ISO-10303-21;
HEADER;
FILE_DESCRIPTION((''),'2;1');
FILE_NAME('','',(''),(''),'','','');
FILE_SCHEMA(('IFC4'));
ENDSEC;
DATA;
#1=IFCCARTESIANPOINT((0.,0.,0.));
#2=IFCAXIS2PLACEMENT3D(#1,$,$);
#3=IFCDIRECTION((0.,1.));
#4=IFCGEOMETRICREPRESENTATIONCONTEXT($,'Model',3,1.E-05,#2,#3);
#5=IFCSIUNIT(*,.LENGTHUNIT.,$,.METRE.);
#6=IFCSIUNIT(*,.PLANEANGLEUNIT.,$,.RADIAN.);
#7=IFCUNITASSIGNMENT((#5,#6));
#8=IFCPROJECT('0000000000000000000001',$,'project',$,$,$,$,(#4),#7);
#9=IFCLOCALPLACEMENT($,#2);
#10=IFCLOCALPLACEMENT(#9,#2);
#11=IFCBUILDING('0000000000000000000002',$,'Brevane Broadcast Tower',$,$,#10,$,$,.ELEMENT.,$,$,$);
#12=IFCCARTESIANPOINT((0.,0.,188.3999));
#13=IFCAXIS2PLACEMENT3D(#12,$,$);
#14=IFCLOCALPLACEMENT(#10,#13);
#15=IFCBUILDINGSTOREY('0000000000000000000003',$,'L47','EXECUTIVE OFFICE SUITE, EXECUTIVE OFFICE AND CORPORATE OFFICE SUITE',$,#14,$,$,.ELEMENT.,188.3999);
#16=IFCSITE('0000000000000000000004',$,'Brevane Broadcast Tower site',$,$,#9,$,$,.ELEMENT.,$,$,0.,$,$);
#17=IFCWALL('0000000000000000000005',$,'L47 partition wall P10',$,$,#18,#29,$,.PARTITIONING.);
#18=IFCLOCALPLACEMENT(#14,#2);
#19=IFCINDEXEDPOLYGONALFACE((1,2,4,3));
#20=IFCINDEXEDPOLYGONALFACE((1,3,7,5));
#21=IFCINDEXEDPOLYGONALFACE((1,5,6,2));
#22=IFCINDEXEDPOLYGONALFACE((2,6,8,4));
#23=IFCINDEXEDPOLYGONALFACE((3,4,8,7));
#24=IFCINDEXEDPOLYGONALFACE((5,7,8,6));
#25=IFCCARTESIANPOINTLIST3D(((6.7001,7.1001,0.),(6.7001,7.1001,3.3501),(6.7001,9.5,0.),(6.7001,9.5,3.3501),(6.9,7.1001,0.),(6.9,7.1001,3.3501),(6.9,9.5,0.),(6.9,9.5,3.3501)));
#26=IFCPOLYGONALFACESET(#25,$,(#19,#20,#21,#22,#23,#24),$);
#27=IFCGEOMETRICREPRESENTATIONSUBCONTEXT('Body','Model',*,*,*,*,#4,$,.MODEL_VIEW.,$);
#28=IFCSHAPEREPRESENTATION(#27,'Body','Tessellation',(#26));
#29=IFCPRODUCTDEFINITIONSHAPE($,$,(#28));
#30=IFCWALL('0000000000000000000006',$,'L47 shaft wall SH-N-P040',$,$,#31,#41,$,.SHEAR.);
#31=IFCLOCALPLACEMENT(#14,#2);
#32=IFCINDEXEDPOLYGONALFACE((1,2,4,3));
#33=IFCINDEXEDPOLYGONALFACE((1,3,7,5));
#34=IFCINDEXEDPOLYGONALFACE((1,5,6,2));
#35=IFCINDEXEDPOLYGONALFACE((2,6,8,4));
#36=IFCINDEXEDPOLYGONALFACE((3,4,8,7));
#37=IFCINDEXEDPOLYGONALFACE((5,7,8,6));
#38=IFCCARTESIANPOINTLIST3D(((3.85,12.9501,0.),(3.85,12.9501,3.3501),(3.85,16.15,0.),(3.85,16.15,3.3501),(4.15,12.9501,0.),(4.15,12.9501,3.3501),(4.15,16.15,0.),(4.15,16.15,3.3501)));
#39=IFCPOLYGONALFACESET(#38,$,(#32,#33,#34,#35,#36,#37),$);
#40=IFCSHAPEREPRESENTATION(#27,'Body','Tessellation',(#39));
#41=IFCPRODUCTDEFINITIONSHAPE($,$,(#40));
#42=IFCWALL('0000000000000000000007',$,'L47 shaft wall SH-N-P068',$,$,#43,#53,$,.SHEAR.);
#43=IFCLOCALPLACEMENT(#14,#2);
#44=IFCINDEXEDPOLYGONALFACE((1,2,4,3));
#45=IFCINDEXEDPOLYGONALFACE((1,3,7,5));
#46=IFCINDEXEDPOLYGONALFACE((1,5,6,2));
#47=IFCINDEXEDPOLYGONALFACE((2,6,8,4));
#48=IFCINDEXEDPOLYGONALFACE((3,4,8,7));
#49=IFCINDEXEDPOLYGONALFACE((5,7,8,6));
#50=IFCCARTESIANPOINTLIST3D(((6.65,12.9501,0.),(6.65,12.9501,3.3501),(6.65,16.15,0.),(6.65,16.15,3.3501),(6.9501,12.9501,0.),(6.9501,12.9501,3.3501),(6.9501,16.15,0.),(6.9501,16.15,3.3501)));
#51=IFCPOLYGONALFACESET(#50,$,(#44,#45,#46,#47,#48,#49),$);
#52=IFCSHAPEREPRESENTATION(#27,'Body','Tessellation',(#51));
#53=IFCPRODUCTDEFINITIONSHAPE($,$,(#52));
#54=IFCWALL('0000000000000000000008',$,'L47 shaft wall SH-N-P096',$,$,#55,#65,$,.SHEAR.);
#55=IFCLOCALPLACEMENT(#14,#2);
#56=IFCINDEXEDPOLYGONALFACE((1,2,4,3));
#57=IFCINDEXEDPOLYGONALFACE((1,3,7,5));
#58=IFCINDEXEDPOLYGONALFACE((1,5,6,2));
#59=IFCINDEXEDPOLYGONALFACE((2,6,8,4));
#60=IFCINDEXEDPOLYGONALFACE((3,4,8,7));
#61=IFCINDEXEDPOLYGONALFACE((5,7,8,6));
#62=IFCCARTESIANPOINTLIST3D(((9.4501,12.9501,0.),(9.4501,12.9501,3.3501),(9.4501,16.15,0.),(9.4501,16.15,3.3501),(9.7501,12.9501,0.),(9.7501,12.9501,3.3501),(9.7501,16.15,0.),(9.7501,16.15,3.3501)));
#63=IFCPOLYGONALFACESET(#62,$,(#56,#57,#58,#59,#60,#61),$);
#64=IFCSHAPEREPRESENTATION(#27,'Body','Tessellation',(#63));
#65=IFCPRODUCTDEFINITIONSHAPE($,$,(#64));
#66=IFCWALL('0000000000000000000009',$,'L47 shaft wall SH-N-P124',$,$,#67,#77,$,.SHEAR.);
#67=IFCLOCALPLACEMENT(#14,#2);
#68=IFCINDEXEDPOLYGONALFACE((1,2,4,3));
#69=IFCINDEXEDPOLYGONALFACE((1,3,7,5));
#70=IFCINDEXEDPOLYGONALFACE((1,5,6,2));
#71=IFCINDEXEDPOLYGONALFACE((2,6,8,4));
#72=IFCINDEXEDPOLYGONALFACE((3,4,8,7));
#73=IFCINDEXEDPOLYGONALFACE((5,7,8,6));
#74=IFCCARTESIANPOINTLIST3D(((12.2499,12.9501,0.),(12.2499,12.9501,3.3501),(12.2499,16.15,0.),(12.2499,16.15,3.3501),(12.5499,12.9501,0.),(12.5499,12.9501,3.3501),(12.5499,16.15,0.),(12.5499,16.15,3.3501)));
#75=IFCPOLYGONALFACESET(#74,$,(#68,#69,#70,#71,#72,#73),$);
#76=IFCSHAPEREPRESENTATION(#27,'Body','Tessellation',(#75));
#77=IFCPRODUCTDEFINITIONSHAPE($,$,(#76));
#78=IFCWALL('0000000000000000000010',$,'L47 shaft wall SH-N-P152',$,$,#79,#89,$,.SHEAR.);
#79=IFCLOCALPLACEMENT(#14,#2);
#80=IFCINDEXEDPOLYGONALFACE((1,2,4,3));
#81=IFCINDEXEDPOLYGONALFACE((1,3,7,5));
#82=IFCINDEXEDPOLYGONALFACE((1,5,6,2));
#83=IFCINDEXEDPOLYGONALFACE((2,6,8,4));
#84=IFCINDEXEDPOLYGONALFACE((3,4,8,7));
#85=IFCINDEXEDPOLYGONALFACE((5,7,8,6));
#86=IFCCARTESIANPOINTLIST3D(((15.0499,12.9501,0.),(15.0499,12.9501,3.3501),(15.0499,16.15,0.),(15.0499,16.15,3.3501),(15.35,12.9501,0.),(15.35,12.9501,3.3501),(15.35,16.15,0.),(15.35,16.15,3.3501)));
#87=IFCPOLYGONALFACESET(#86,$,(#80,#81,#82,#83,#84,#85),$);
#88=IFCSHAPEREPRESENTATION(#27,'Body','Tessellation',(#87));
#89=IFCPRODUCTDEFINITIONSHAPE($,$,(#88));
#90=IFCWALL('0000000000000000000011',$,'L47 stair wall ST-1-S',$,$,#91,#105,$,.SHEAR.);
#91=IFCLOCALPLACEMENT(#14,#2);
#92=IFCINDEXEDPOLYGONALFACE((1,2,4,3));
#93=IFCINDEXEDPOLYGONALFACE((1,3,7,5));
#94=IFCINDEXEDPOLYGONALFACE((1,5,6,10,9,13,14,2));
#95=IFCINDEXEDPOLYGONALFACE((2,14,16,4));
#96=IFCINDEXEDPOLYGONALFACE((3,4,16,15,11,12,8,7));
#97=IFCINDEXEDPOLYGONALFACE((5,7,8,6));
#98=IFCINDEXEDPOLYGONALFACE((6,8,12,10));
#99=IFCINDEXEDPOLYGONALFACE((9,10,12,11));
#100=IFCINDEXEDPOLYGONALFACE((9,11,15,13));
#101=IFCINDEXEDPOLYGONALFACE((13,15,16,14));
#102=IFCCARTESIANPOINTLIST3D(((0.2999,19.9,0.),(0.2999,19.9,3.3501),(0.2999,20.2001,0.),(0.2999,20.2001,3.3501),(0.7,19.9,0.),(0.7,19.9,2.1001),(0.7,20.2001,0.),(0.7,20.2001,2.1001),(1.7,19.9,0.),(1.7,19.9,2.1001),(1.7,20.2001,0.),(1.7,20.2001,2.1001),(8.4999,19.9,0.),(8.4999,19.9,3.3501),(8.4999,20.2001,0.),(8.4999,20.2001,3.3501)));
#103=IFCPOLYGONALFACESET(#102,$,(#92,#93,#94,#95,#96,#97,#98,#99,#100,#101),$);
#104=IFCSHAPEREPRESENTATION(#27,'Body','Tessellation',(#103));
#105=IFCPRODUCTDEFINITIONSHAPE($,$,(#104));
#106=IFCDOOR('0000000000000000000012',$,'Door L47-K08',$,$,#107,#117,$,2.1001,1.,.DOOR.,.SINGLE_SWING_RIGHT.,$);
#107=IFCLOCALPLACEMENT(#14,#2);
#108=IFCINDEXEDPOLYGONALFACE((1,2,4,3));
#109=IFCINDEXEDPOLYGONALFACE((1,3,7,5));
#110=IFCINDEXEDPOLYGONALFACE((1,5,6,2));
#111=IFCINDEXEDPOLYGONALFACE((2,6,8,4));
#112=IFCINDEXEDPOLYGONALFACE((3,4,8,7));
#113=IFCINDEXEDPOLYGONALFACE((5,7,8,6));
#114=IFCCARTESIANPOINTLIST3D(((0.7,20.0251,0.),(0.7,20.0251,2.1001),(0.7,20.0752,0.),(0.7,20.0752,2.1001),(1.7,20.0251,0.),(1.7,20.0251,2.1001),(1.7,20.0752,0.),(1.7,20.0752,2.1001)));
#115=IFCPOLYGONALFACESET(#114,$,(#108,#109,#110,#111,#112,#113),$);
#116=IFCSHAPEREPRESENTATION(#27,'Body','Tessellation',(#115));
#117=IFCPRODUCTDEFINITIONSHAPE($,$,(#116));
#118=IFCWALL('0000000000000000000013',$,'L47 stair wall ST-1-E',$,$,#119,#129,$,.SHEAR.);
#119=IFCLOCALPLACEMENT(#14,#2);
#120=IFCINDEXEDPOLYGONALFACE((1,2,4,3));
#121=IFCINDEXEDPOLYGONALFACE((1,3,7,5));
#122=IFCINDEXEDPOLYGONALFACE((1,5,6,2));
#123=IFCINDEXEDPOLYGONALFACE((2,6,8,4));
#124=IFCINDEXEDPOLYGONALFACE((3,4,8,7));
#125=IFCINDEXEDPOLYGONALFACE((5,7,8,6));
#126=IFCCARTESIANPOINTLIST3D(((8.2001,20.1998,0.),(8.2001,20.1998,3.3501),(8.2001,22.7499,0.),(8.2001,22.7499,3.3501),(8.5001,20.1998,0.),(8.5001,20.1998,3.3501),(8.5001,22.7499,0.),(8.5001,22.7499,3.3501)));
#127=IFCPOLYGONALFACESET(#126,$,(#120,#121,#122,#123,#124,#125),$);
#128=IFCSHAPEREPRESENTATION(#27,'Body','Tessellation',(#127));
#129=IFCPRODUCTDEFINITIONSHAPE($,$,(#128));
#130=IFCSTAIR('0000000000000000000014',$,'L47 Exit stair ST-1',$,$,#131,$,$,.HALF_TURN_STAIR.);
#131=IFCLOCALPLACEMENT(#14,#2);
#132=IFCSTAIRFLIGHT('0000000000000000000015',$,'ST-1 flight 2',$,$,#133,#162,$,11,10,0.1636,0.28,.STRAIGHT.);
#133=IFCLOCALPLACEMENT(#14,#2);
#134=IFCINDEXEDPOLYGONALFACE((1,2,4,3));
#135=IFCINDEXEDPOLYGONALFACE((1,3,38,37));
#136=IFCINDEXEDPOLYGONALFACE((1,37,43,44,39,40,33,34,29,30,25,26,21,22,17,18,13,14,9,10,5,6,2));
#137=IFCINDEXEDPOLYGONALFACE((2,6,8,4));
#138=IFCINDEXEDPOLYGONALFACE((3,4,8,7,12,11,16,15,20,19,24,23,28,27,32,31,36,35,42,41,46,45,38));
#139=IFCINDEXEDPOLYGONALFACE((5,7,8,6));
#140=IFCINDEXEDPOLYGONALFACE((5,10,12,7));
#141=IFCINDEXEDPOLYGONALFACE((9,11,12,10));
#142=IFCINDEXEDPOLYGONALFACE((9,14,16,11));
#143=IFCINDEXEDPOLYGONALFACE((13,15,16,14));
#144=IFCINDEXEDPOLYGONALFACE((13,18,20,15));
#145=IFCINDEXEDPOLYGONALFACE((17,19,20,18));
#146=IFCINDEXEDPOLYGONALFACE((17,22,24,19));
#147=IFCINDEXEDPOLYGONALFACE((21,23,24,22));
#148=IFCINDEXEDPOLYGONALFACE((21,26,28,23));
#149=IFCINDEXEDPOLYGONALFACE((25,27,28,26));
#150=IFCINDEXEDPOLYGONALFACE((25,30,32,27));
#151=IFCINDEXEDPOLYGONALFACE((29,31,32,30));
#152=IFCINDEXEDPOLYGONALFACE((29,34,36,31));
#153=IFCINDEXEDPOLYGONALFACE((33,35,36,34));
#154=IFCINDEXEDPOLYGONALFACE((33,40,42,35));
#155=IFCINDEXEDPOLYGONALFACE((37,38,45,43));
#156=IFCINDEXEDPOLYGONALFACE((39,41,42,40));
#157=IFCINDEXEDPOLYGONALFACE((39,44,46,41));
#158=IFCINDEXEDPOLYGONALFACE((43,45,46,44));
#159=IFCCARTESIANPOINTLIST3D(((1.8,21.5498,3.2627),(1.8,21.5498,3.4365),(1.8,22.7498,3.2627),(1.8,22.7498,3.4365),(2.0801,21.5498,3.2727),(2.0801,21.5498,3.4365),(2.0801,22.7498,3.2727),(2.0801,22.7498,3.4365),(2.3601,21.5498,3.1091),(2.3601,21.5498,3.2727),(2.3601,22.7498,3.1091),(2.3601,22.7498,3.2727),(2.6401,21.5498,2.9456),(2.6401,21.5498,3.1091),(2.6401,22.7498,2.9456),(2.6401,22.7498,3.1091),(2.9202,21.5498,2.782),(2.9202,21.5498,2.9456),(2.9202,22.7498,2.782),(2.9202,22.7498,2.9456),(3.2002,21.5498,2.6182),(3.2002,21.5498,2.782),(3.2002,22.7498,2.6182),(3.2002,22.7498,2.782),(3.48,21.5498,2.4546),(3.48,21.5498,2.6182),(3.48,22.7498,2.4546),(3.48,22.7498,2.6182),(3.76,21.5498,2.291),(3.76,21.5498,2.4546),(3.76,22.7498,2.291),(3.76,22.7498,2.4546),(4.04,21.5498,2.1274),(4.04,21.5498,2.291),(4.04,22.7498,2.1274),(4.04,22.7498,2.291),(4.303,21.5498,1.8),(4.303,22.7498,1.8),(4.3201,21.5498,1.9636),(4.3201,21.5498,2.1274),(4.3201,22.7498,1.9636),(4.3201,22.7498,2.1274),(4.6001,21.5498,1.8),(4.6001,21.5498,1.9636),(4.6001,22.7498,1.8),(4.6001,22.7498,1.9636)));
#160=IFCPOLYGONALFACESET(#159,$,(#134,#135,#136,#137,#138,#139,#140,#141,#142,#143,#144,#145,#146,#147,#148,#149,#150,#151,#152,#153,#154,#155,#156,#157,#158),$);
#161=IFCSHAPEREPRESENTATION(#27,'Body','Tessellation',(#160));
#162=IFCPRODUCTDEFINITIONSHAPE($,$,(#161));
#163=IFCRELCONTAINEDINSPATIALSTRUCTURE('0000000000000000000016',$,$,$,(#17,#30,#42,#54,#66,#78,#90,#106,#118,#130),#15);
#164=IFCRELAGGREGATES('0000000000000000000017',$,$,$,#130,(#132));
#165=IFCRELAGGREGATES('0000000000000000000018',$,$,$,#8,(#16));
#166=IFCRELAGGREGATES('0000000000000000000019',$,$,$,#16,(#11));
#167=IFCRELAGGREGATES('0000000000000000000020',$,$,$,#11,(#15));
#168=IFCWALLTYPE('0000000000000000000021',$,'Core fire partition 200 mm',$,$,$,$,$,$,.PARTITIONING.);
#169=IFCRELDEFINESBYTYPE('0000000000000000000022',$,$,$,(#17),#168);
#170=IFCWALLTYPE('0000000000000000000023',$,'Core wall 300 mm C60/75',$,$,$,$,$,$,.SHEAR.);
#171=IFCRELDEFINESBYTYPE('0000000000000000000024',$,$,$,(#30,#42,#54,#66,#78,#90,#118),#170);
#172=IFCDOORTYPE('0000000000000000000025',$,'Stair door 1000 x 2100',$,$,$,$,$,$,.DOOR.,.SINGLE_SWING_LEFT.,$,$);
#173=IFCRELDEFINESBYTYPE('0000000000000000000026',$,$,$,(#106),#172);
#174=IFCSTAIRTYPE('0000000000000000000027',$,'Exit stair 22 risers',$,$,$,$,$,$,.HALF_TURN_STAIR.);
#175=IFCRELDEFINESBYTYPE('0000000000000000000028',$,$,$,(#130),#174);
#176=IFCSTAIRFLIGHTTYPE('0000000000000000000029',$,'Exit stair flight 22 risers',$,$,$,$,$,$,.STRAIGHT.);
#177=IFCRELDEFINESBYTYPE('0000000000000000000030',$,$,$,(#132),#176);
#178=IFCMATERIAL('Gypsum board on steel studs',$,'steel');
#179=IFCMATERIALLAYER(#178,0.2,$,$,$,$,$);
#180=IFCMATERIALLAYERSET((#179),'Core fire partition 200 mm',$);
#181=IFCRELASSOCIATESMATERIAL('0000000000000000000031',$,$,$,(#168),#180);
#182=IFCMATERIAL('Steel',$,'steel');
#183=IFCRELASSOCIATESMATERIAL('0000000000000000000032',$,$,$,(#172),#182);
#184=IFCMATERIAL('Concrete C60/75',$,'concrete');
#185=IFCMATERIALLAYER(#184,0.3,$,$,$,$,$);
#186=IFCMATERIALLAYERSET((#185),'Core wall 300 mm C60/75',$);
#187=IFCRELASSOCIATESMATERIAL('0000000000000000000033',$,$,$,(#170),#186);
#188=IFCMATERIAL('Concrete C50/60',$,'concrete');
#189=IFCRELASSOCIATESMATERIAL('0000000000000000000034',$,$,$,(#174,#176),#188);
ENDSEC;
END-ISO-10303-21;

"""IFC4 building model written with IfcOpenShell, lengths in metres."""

from ifc_helpers import new_model, si_unit, direction, frame, frame_2d, origin, place, context, subcontext, project, spatial, polyline, rectangle, outline, extrude, material, layer, layer_set, type_object, element, fill, aggregate, save


model = new_model("IFC4")

# Units and contexts
model_context = context("Model", 3, precision=1e-05, world=origin(), true_north=direction((0.0, 1.0)))
body_context = subcontext(model_context, "Body", "Model", "MODEL_VIEW")
ifc_project = project(units=[si_unit("LENGTHUNIT", "METRE"), si_unit("PLANEANGLEUNIT", "RADIAN")], contexts=[model_context])

# Site, building, storey
site_placement = place(None, origin())
site = spatial("IfcSite", under=ifc_project, at=site_placement, Name="Brevane Broadcast Tower site", CompositionType="ELEMENT", RefElevation=0.0)
building_placement = place(site_placement, origin())
building = spatial("IfcBuilding", under=site, at=building_placement, Name="Brevane Broadcast Tower", CompositionType="ELEMENT")
storey_placement = place(building_placement, frame((0.0, 0.0, 188.3999)))
storey = spatial("IfcBuildingStorey", under=building, at=storey_placement, Name="L47", Description="EXECUTIVE OFFICE SUITE, EXECUTIVE OFFICE AND CORPORATE OFFICE SUITE", CompositionType="ELEMENT", Elevation=188.3999)

# Shared definitions
ifc_material_1 = material(Name="Gypsum board on steel studs", Category="steel")
ifc_material_2 = material(Name="Steel", Category="steel")
ifc_layer_1 = layer(ifc_material_1, 0.2)
ifc_layer_set_1 = layer_set([ifc_layer_1], Name="Core fire partition 200 mm")
wall_type_1 = type_object("IfcWallType", Name="Core fire partition 200 mm", PredefinedType="PARTITIONING", material=ifc_layer_set_1)
door_type_1 = type_object("IfcDoorType", Name="Stair door 1000 x 2100", OperationType="SINGLE_SWING_LEFT", PredefinedType="DOOR", material=ifc_material_2)

# Walls
wall_1_placement = place(storey_placement, frame((6.8, 9.5, 0.0), z_axis=(0.0, 0.0, 1.0), x_axis=(0.0, -1.0, 0.0)))
element("IfcWall", 1, at=wall_1_placement, inside=storey, type_object=wall_type_1, Name="L47 partition wall P10", PredefinedType="PARTITIONING", context=body_context, shape_type="SweptSolid", body=[
    extrude(rectangle(XDim=2.3999, YDim=0.2, at=frame_2d((1.2, 0.0))), origin(), (0.0, 0.0, 1.0), 3.3501),
])
ifc_material_3 = material(Name="Concrete C60/75", Category="concrete")
ifc_layer_2 = layer(ifc_material_3, 0.3)
ifc_layer_set_2 = layer_set([ifc_layer_2], Name="Core wall 300 mm C60/75")
wall_type_2 = type_object("IfcWallType", Name="Core wall 300 mm C60/75", PredefinedType="SHEAR", material=ifc_layer_set_2)
for number, where, z_axis, x_axis, name in (
    (2, (4.0, 12.95, 0.0), (0.0, 0.0, 1.0), (0.0, 1.0, 0.0), "L47 shaft wall SH-N-P040"),
    (3, (6.8, 12.95, 0.0), (0.0, 0.0, 1.0), (0.0, 1.0, 0.0), "L47 shaft wall SH-N-P068"),
    (4, (9.6001, 12.95, 0.0), (0.0, 0.0, 1.0), (0.0, 1.0, 0.0), "L47 shaft wall SH-N-P096"),
    (5, (12.3999, 12.95, 0.0), (0.0, 0.0, 1.0), (0.0, 1.0, 0.0), "L47 shaft wall SH-N-P124"),
    (6, (15.2, 12.95, 0.0), (0.0, 0.0, 1.0), (0.0, 1.0, 0.0), "L47 shaft wall SH-N-P152"),
):
    element("IfcWall", number, at=place(storey_placement, frame(where, z_axis=z_axis, x_axis=x_axis)), inside=storey, type_object=wall_type_2, Name=name, PredefinedType="SHEAR", context=body_context, shape_type="SweptSolid", body=[
        extrude(rectangle(XDim=3.2, YDim=0.3, at=frame_2d((1.6001, 0.0))), origin(), (0.0, 0.0, 1.0), 3.3501),
    ])

# Wall, opening, door
wall_2_placement = place(storey_placement, frame((8.5, 20.05, 0.0), z_axis=(0.0, 0.0, 1.0), x_axis=(-1.0, 0.0, 0.0)))
wall_2 = element("IfcWall", 7, at=wall_2_placement, inside=storey, type_object=wall_type_2, Name="L47 stair wall ST-1-S", PredefinedType="SHEAR", context=body_context, shape_type="SweptSolid", body=[
    extrude(rectangle(XDim=8.2, YDim=0.3, at=frame_2d((4.1001, 0.0))), origin(), (0.0, 0.0, 1.0), 3.3501),
])
opening_1_placement = place(wall_2_placement, frame((6.8, 0.0, 0.0)))
opening_1 = element("IfcOpeningElement", 8, at=opening_1_placement, cuts=wall_2, PredefinedType="OPENING", context=body_context, shape_type="SweptSolid", body=[
    extrude(rectangle(XDim=1.0, YDim=2.1001, at=frame_2d((0.5, 1.05))), frame((0.0, 0.1599, 0.0), z_axis=(0.0, -1.0, 0.0), x_axis=(1.0, 0.0, 0.0)), (0.0, 0.0, 1.0), 0.3201),
])
door_1_placement = place(opening_1_placement, origin())
door_1 = element("IfcDoor", 9, at=door_1_placement, inside=storey, type_object=door_type_1, Name="Door L47-K08", OperationType="SINGLE_SWING_RIGHT", OverallHeight=2.1001, OverallWidth=1.0, PredefinedType="DOOR", context=body_context, shape_type="SweptSolid", body=[
    extrude(rectangle(XDim=1.0, YDim=2.1001, at=frame_2d((0.5, 1.05))), frame((0.0, 0.0249, 0.0), z_axis=(0.0, -1.0, 0.0), x_axis=(1.0, 0.0, 0.0)), (0.0, 0.0, 1.0), 0.05),
])
fill(opening_1, door_1)

# Wall
wall_3_placement = place(storey_placement, frame((8.3501, 20.2, 0.0), z_axis=(0.0, 0.0, 1.0), x_axis=(0.0, 1.0, 0.0)))
element("IfcWall", 10, at=wall_3_placement, inside=storey, type_object=wall_type_2, Name="L47 stair wall ST-1-E", PredefinedType="SHEAR", context=body_context, shape_type="SweptSolid", body=[
    extrude(rectangle(XDim=2.55, YDim=0.3, at=frame_2d((1.2749, 0.0))), origin(), (0.0, 0.0, 1.0), 3.3501),
])

# Stair, stair flight
ifc_material_4 = material(Name="Concrete C50/60", Category="concrete")
stair_type = type_object("IfcStairType", Name="Exit stair 22 risers", PredefinedType="HALF_TURN_STAIR", material=ifc_material_4)
stair_placement = place(storey_placement, origin())
stair = element("IfcStair", 11, at=stair_placement, inside=storey, type_object=stair_type, Name="L47 Exit stair ST-1", PredefinedType="HALF_TURN_STAIR")
stair_flight_type = type_object("IfcStairFlightType", Name="Exit stair flight 22 risers", PredefinedType="STRAIGHT", material=ifc_material_4)
stair_flight_placement = place(storey_placement, frame((4.6001, 22.1499, 1.8), z_axis=(0.0, 0.0, 1.0), x_axis=(-1.0, 0.0, 0.0)))
stair_flight = element("IfcStairFlight", 12, at=stair_flight_placement, type_object=stair_flight_type, Name="ST-1 flight 2", NumberOfRisers=11, NumberOfTreads=10, PredefinedType="STRAIGHT", RiserHeight=0.1636, TreadLength=0.28, context=body_context, shape_type="SweptSolid", body=[
    extrude(outline(polyline([(0.0, 0.0), (0.0, 0.1636), (0.28, 0.1636), (0.28, 0.3274), (0.5601, 0.3274), (0.5601, 0.491), (0.8401, 0.491), (0.8401, 0.6545), (1.1201, 0.6545), (1.1201, 0.8181), (1.3999, 0.8181), (1.3999, 0.9819), (1.6799, 0.9819), (1.6799, 1.1455), (1.96, 1.1455), (1.96, 1.3091), (2.24, 1.3091), (2.24, 1.4727), (2.52, 1.4727), (2.52, 1.6365), (2.8, 1.6365), (2.8, 1.8), (2.8, 1.4626), (0.2971, 0.0), (0.0, 0.0)])), frame((0.0, 0.6001, 0.0), z_axis=(0.0, -1.0, 0.0), x_axis=(1.0, 0.0, 0.0)), (0.0, 0.0, 1.0), 1.2),
])
aggregate(stair, [stair_flight])

save(model, "model.ifc")
